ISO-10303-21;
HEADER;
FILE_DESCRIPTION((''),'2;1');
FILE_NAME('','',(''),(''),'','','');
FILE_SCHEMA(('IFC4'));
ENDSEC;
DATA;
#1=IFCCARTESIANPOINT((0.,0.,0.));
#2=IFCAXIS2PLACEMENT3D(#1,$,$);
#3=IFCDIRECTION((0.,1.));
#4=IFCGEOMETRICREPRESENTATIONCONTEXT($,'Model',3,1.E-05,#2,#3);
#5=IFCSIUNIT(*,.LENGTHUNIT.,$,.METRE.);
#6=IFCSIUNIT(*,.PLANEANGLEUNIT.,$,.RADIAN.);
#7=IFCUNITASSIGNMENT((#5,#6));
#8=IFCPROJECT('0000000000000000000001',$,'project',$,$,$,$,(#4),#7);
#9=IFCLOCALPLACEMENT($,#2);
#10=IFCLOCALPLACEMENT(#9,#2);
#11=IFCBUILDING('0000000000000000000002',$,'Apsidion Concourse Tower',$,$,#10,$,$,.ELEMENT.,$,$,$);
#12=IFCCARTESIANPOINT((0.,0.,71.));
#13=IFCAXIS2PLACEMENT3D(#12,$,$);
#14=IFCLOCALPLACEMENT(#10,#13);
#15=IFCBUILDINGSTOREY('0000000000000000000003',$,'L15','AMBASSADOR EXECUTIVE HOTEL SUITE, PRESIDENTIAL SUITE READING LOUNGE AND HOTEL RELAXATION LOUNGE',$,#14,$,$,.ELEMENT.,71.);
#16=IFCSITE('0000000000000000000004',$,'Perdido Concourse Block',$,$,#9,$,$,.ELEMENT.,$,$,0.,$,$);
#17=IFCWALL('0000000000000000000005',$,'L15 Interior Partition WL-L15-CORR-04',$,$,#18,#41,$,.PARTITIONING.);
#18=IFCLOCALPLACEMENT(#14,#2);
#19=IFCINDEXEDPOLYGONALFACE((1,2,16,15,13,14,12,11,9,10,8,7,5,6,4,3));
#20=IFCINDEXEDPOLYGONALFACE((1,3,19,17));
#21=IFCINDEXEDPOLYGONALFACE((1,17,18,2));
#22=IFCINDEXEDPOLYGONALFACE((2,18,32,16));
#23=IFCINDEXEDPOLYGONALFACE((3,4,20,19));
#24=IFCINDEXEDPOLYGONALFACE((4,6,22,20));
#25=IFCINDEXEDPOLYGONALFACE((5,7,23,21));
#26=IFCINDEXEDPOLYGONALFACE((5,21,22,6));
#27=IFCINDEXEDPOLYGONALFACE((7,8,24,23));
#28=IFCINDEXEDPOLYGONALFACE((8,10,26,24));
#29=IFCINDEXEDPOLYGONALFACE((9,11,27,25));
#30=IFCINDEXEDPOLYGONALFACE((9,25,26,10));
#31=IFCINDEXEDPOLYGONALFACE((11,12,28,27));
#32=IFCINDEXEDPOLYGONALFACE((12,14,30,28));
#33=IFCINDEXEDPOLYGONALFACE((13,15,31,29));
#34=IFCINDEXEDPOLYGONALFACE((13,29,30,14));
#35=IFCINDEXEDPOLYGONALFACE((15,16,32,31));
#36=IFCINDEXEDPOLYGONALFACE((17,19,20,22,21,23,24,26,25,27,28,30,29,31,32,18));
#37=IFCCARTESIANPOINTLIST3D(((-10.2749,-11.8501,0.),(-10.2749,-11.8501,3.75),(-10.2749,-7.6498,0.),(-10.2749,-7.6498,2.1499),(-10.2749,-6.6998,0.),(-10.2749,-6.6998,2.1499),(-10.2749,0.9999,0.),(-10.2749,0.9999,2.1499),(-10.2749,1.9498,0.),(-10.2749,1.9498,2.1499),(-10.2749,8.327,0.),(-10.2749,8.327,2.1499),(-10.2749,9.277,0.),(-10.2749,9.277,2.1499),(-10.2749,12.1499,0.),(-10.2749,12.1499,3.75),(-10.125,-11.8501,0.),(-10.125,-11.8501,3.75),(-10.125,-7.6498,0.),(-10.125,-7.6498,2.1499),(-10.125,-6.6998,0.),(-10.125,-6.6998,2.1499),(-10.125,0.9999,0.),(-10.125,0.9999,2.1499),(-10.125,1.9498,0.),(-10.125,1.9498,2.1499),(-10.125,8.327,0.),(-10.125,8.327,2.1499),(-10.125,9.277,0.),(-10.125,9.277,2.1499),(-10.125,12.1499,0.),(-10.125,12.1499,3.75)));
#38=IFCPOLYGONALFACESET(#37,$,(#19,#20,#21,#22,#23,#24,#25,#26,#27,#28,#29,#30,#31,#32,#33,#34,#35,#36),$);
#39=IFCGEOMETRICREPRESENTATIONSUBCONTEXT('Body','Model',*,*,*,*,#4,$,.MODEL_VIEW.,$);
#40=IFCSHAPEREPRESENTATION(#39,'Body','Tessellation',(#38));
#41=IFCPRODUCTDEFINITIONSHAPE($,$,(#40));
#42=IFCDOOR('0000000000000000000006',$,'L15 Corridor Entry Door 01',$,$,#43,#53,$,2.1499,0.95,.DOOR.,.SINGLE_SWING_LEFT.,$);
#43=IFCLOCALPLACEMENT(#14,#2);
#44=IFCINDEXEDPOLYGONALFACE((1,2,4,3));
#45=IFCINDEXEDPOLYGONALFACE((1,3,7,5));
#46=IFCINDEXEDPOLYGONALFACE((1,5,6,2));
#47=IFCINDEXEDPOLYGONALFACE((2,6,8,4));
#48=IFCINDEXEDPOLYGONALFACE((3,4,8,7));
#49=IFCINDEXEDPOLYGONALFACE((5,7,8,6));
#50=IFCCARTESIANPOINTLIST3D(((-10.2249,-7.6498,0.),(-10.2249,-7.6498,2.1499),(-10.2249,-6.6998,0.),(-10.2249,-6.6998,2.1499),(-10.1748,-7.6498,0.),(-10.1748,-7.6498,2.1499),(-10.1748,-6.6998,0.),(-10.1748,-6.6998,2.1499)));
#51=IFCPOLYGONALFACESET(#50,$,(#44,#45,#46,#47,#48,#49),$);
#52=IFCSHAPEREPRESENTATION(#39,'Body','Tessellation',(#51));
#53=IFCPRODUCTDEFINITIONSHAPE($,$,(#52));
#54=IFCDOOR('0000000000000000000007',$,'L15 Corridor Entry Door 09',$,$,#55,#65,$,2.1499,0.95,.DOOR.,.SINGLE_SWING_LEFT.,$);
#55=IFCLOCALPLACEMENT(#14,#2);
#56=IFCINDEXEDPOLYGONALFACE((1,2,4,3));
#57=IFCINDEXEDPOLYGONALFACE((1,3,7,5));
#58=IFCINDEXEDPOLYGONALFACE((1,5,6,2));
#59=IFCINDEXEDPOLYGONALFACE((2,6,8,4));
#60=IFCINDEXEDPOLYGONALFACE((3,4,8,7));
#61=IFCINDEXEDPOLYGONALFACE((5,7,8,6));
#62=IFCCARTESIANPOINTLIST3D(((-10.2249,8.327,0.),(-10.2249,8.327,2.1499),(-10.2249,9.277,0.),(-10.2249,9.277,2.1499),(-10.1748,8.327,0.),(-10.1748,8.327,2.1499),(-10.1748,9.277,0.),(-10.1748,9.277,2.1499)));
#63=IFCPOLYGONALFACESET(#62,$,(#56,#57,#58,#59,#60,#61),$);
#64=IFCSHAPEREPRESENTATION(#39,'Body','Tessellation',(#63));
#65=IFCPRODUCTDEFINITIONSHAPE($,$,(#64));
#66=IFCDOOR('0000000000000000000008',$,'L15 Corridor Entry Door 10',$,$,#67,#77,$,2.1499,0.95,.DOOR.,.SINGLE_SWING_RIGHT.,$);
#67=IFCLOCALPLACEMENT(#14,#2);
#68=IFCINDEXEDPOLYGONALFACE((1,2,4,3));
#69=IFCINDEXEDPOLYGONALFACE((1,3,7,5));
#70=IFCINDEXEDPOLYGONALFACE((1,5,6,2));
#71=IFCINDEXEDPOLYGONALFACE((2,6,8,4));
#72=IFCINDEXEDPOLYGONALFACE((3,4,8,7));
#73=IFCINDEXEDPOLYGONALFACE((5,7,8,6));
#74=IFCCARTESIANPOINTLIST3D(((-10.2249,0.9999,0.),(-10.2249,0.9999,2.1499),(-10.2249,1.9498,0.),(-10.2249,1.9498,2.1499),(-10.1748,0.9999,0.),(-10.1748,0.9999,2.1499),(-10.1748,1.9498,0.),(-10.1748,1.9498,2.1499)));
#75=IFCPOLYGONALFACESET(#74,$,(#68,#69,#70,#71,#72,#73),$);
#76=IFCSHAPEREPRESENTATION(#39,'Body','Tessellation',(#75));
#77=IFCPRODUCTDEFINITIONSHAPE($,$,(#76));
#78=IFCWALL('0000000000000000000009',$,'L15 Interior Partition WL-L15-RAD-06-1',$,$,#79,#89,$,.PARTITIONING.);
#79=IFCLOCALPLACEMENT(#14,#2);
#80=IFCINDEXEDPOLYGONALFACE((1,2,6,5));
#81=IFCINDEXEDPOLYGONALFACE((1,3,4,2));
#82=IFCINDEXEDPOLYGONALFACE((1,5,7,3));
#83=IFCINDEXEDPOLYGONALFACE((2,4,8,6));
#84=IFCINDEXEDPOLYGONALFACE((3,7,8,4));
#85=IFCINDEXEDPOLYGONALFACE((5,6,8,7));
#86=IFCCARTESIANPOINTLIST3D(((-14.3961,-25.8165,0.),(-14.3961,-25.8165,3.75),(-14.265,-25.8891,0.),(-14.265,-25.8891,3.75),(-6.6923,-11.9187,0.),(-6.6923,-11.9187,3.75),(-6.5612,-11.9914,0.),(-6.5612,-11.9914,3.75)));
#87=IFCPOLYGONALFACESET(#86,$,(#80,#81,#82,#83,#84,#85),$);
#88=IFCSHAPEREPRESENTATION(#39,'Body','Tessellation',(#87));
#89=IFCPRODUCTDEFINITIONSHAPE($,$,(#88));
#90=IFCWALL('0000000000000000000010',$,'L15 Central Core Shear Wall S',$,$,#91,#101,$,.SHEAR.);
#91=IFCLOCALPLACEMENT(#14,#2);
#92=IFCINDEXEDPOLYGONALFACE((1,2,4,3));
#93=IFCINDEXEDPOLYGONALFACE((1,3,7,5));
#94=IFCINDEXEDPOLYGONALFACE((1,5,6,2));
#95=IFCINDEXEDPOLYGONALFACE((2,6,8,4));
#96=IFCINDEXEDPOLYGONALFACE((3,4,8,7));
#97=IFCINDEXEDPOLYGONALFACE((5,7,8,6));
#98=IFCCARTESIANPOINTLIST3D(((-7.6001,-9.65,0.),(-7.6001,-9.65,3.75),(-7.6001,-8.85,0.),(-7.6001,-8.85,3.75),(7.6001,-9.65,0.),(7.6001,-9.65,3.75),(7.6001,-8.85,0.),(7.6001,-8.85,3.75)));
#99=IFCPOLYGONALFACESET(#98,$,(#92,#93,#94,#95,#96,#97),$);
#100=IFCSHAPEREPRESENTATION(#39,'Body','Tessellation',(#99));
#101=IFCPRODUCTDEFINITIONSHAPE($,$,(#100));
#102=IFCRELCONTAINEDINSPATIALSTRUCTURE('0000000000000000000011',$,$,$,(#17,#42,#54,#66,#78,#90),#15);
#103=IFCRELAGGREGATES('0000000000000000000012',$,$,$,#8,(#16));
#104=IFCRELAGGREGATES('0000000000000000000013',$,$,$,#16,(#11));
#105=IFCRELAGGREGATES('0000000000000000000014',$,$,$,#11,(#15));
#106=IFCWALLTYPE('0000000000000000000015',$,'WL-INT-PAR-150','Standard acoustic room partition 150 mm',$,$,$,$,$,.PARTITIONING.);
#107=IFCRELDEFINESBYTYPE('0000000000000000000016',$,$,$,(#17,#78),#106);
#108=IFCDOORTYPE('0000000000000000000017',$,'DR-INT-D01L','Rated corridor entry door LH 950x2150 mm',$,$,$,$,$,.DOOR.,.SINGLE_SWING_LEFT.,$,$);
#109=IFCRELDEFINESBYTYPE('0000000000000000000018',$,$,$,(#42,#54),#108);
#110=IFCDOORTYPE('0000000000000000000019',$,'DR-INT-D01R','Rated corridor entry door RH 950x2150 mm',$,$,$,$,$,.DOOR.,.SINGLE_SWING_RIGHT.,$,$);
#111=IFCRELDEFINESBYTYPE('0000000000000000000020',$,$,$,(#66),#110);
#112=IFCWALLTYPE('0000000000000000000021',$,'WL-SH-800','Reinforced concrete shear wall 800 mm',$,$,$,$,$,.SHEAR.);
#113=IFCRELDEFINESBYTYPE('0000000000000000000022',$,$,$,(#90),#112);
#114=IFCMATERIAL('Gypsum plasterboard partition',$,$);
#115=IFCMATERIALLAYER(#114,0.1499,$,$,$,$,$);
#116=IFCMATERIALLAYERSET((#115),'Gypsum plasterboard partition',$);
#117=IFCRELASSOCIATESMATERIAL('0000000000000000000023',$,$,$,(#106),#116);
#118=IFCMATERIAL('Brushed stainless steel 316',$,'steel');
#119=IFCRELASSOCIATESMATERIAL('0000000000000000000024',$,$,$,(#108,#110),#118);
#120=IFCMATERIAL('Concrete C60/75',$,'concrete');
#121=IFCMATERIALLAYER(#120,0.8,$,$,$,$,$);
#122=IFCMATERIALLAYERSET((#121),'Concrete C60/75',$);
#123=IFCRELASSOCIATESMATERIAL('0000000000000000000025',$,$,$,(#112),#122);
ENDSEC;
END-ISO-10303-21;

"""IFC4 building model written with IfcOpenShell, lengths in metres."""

from ifc_helpers import new_model, si_unit, direction, frame, frame_2d, origin, place, context, subcontext, project, spatial, rectangle, extrude, material, layer, layer_set, type_object, element, fill, save


model = new_model("IFC4")

# Units and contexts
model_context = context("Model", 3, precision=1e-05, world=origin(), true_north=direction((0.0, 1.0)))
body_context = subcontext(model_context, "Body", "Model", "MODEL_VIEW")
ifc_project = project(units=[si_unit("LENGTHUNIT", "METRE"), si_unit("PLANEANGLEUNIT", "RADIAN")], contexts=[model_context])

# Site, building, storey
site_placement = place(None, origin())
site = spatial("IfcSite", under=ifc_project, at=site_placement, Name="Perdido Concourse Block", CompositionType="ELEMENT", RefElevation=0.0)
building_placement = place(site_placement, origin())
building = spatial("IfcBuilding", under=site, at=building_placement, Name="Apsidion Concourse Tower", CompositionType="ELEMENT")
storey_placement = place(building_placement, frame((0.0, 0.0, 71.0)))
storey = spatial("IfcBuildingStorey", under=building, at=storey_placement, Name="L15", Description="AMBASSADOR EXECUTIVE HOTEL SUITE, PRESIDENTIAL SUITE READING LOUNGE AND HOTEL RELAXATION LOUNGE", CompositionType="ELEMENT", Elevation=71.0)

# Shared definitions
ifc_material_1 = material(Name="Concrete C60/75", Category="concrete")

# Shared definitions
ifc_material_2 = material(Name="Gypsum plasterboard partition")
ifc_layer_1 = layer(ifc_material_2, 0.1499)
ifc_layer_set_1 = layer_set([ifc_layer_1], Name="Gypsum plasterboard partition")
wall_type_1 = type_object("IfcWallType", Name="WL-INT-PAR-150", Description="Standard acoustic room partition 150 mm", PredefinedType="PARTITIONING", material=ifc_layer_set_1)

# Wall, openings, doors
wall_1_placement = place(storey_placement, frame((-10.2, -11.8501, 0.0), z_axis=(0.0, 0.0, 1.0), x_axis=(0.0, 1.0, 0.0)))
wall_1 = element("IfcWall", 1, at=wall_1_placement, inside=storey, type_object=wall_type_1, Name="L15 Interior Partition WL-L15-CORR-04", PredefinedType="PARTITIONING", context=body_context, shape_type="SweptSolid", body=[
    extrude(rectangle(XDim=24.0, YDim=0.1499, at=frame_2d((12.0, 0.0))), origin(), (0.0, 0.0, 1.0), 3.75),
])
opening_1_placement = place(wall_1_placement, frame((4.2002, 0.0, 0.0)))
opening_1 = element("IfcOpeningElement", 2, at=opening_1_placement, cuts=wall_1, PredefinedType="OPENING", context=body_context, shape_type="SweptSolid", body=[
    extrude(rectangle(XDim=0.95, YDim=2.1499, at=frame_2d((0.4751, 1.075))), frame((0.0, 0.085, 0.0), z_axis=(0.0, -1.0, 0.0), x_axis=(1.0, 0.0, 0.0)), (0.0, 0.0, 1.0), 0.1699),
])
opening_2_placement = place(wall_1_placement, frame((20.177, 0.0, 0.0)))
opening_2 = element("IfcOpeningElement", 3, at=opening_2_placement, cuts=wall_1, PredefinedType="OPENING", context=body_context, shape_type="SweptSolid", body=[
    extrude(rectangle(XDim=0.95, YDim=2.1499, at=frame_2d((0.4751, 1.075))), frame((0.0, 0.085, 0.0), z_axis=(0.0, -1.0, 0.0), x_axis=(1.0, 0.0, 0.0)), (0.0, 0.0, 1.0), 0.1699),
])
opening_3_placement = place(wall_1_placement, frame((12.8499, 0.0, 0.0)))
opening_3 = element("IfcOpeningElement", 4, at=opening_3_placement, cuts=wall_1, PredefinedType="OPENING", context=body_context, shape_type="SweptSolid", body=[
    extrude(rectangle(XDim=0.95, YDim=2.1499, at=frame_2d((0.4751, 1.075))), frame((0.0, 0.085, 0.0), z_axis=(0.0, -1.0, 0.0), x_axis=(1.0, 0.0, 0.0)), (0.0, 0.0, 1.0), 0.1699),
])
ifc_material_3 = material(Name="Brushed stainless steel 316", Category="steel")
door_type_1 = type_object("IfcDoorType", Name="DR-INT-D01L", Description="Rated corridor entry door LH 950x2150 mm", OperationType="SINGLE_SWING_LEFT", PredefinedType="DOOR", material=ifc_material_3)
door_1_placement = place(opening_1_placement, origin())
door_1 = element("IfcDoor", 5, at=door_1_placement, inside=storey, type_object=door_type_1, Name="L15 Corridor Entry Door 01", OperationType="SINGLE_SWING_LEFT", OverallHeight=2.1499, OverallWidth=0.95, PredefinedType="DOOR", context=body_context, shape_type="SweptSolid", body=[
    extrude(rectangle(XDim=0.95, YDim=2.1499, at=frame_2d((0.4751, 1.075))), frame((0.0, 0.0249, 0.0), z_axis=(0.0, -1.0, 0.0), x_axis=(1.0, 0.0, 0.0)), (0.0, 0.0, 1.0), 0.05),
])
fill(opening_1, door_1)
door_2_placement = place(opening_2_placement, origin())
door_2 = element("IfcDoor", 6, at=door_2_placement, inside=storey, type_object=door_type_1, Name="L15 Corridor Entry Door 09", OperationType="SINGLE_SWING_LEFT", OverallHeight=2.1499, OverallWidth=0.95, PredefinedType="DOOR", context=body_context, shape_type="SweptSolid", body=[
    extrude(rectangle(XDim=0.95, YDim=2.1499, at=frame_2d((0.4751, 1.075))), frame((0.0, 0.0249, 0.0), z_axis=(0.0, -1.0, 0.0), x_axis=(1.0, 0.0, 0.0)), (0.0, 0.0, 1.0), 0.05),
])
fill(opening_2, door_2)
door_type_2 = type_object("IfcDoorType", Name="DR-INT-D01R", Description="Rated corridor entry door RH 950x2150 mm", OperationType="SINGLE_SWING_RIGHT", PredefinedType="DOOR", material=ifc_material_3)
door_3_placement = place(opening_3_placement, origin())
door_3 = element("IfcDoor", 7, at=door_3_placement, inside=storey, type_object=door_type_2, Name="L15 Corridor Entry Door 10", OperationType="SINGLE_SWING_RIGHT", OverallHeight=2.1499, OverallWidth=0.95, PredefinedType="DOOR", context=body_context, shape_type="SweptSolid", body=[
    extrude(rectangle(XDim=0.95, YDim=2.1499, at=frame_2d((0.4751, 1.075))), frame((0.0, 0.0249, 0.0), z_axis=(0.0, -1.0, 0.0), x_axis=(1.0, 0.0, 0.0)), (0.0, 0.0, 1.0), 0.05),
])
fill(opening_3, door_3)

# Wall
wall_2_placement = place(storey_placement, frame((-6.6267, -11.9551, 0.0), z_axis=(0.0, 0.0, 1.0), x_axis=(-0.484821, -0.874613, 0.0)))
element("IfcWall", 8, at=wall_2_placement, inside=storey, type_object=wall_type_1, Name="L15 Interior Partition WL-L15-RAD-06-1", PredefinedType="PARTITIONING", context=body_context, shape_type="SweptSolid", body=[
    extrude(rectangle(XDim=15.8901, YDim=0.1499, at=frame_2d((7.9451, 0.0))), origin(), (0.0, 0.0, 1.0), 3.75),
])

# Shared definitions
ifc_layer_2 = layer(ifc_material_1, 0.8)
ifc_layer_set_2 = layer_set([ifc_layer_2], Name="Concrete C60/75")
wall_type_2 = type_object("IfcWallType", Name="WL-SH-800", Description="Reinforced concrete shear wall 800 mm", PredefinedType="SHEAR", material=ifc_layer_set_2)

# Wall
wall_3_placement = place(storey_placement, frame((-7.6001, -9.25, 0.0), z_axis=(0.0, 0.0, 1.0), x_axis=(1.0, 0.0, 0.0)))
element("IfcWall", 9, at=wall_3_placement, inside=storey, type_object=wall_type_2, Name="L15 Central Core Shear Wall S", PredefinedType="SHEAR", context=body_context, shape_type="SweptSolid", body=[
    extrude(rectangle(XDim=15.2002, YDim=0.8, at=frame_2d((7.6001, 0.0))), origin(), (0.0, 0.0, 1.0), 3.75),
])

save(model, "model.ifc")
